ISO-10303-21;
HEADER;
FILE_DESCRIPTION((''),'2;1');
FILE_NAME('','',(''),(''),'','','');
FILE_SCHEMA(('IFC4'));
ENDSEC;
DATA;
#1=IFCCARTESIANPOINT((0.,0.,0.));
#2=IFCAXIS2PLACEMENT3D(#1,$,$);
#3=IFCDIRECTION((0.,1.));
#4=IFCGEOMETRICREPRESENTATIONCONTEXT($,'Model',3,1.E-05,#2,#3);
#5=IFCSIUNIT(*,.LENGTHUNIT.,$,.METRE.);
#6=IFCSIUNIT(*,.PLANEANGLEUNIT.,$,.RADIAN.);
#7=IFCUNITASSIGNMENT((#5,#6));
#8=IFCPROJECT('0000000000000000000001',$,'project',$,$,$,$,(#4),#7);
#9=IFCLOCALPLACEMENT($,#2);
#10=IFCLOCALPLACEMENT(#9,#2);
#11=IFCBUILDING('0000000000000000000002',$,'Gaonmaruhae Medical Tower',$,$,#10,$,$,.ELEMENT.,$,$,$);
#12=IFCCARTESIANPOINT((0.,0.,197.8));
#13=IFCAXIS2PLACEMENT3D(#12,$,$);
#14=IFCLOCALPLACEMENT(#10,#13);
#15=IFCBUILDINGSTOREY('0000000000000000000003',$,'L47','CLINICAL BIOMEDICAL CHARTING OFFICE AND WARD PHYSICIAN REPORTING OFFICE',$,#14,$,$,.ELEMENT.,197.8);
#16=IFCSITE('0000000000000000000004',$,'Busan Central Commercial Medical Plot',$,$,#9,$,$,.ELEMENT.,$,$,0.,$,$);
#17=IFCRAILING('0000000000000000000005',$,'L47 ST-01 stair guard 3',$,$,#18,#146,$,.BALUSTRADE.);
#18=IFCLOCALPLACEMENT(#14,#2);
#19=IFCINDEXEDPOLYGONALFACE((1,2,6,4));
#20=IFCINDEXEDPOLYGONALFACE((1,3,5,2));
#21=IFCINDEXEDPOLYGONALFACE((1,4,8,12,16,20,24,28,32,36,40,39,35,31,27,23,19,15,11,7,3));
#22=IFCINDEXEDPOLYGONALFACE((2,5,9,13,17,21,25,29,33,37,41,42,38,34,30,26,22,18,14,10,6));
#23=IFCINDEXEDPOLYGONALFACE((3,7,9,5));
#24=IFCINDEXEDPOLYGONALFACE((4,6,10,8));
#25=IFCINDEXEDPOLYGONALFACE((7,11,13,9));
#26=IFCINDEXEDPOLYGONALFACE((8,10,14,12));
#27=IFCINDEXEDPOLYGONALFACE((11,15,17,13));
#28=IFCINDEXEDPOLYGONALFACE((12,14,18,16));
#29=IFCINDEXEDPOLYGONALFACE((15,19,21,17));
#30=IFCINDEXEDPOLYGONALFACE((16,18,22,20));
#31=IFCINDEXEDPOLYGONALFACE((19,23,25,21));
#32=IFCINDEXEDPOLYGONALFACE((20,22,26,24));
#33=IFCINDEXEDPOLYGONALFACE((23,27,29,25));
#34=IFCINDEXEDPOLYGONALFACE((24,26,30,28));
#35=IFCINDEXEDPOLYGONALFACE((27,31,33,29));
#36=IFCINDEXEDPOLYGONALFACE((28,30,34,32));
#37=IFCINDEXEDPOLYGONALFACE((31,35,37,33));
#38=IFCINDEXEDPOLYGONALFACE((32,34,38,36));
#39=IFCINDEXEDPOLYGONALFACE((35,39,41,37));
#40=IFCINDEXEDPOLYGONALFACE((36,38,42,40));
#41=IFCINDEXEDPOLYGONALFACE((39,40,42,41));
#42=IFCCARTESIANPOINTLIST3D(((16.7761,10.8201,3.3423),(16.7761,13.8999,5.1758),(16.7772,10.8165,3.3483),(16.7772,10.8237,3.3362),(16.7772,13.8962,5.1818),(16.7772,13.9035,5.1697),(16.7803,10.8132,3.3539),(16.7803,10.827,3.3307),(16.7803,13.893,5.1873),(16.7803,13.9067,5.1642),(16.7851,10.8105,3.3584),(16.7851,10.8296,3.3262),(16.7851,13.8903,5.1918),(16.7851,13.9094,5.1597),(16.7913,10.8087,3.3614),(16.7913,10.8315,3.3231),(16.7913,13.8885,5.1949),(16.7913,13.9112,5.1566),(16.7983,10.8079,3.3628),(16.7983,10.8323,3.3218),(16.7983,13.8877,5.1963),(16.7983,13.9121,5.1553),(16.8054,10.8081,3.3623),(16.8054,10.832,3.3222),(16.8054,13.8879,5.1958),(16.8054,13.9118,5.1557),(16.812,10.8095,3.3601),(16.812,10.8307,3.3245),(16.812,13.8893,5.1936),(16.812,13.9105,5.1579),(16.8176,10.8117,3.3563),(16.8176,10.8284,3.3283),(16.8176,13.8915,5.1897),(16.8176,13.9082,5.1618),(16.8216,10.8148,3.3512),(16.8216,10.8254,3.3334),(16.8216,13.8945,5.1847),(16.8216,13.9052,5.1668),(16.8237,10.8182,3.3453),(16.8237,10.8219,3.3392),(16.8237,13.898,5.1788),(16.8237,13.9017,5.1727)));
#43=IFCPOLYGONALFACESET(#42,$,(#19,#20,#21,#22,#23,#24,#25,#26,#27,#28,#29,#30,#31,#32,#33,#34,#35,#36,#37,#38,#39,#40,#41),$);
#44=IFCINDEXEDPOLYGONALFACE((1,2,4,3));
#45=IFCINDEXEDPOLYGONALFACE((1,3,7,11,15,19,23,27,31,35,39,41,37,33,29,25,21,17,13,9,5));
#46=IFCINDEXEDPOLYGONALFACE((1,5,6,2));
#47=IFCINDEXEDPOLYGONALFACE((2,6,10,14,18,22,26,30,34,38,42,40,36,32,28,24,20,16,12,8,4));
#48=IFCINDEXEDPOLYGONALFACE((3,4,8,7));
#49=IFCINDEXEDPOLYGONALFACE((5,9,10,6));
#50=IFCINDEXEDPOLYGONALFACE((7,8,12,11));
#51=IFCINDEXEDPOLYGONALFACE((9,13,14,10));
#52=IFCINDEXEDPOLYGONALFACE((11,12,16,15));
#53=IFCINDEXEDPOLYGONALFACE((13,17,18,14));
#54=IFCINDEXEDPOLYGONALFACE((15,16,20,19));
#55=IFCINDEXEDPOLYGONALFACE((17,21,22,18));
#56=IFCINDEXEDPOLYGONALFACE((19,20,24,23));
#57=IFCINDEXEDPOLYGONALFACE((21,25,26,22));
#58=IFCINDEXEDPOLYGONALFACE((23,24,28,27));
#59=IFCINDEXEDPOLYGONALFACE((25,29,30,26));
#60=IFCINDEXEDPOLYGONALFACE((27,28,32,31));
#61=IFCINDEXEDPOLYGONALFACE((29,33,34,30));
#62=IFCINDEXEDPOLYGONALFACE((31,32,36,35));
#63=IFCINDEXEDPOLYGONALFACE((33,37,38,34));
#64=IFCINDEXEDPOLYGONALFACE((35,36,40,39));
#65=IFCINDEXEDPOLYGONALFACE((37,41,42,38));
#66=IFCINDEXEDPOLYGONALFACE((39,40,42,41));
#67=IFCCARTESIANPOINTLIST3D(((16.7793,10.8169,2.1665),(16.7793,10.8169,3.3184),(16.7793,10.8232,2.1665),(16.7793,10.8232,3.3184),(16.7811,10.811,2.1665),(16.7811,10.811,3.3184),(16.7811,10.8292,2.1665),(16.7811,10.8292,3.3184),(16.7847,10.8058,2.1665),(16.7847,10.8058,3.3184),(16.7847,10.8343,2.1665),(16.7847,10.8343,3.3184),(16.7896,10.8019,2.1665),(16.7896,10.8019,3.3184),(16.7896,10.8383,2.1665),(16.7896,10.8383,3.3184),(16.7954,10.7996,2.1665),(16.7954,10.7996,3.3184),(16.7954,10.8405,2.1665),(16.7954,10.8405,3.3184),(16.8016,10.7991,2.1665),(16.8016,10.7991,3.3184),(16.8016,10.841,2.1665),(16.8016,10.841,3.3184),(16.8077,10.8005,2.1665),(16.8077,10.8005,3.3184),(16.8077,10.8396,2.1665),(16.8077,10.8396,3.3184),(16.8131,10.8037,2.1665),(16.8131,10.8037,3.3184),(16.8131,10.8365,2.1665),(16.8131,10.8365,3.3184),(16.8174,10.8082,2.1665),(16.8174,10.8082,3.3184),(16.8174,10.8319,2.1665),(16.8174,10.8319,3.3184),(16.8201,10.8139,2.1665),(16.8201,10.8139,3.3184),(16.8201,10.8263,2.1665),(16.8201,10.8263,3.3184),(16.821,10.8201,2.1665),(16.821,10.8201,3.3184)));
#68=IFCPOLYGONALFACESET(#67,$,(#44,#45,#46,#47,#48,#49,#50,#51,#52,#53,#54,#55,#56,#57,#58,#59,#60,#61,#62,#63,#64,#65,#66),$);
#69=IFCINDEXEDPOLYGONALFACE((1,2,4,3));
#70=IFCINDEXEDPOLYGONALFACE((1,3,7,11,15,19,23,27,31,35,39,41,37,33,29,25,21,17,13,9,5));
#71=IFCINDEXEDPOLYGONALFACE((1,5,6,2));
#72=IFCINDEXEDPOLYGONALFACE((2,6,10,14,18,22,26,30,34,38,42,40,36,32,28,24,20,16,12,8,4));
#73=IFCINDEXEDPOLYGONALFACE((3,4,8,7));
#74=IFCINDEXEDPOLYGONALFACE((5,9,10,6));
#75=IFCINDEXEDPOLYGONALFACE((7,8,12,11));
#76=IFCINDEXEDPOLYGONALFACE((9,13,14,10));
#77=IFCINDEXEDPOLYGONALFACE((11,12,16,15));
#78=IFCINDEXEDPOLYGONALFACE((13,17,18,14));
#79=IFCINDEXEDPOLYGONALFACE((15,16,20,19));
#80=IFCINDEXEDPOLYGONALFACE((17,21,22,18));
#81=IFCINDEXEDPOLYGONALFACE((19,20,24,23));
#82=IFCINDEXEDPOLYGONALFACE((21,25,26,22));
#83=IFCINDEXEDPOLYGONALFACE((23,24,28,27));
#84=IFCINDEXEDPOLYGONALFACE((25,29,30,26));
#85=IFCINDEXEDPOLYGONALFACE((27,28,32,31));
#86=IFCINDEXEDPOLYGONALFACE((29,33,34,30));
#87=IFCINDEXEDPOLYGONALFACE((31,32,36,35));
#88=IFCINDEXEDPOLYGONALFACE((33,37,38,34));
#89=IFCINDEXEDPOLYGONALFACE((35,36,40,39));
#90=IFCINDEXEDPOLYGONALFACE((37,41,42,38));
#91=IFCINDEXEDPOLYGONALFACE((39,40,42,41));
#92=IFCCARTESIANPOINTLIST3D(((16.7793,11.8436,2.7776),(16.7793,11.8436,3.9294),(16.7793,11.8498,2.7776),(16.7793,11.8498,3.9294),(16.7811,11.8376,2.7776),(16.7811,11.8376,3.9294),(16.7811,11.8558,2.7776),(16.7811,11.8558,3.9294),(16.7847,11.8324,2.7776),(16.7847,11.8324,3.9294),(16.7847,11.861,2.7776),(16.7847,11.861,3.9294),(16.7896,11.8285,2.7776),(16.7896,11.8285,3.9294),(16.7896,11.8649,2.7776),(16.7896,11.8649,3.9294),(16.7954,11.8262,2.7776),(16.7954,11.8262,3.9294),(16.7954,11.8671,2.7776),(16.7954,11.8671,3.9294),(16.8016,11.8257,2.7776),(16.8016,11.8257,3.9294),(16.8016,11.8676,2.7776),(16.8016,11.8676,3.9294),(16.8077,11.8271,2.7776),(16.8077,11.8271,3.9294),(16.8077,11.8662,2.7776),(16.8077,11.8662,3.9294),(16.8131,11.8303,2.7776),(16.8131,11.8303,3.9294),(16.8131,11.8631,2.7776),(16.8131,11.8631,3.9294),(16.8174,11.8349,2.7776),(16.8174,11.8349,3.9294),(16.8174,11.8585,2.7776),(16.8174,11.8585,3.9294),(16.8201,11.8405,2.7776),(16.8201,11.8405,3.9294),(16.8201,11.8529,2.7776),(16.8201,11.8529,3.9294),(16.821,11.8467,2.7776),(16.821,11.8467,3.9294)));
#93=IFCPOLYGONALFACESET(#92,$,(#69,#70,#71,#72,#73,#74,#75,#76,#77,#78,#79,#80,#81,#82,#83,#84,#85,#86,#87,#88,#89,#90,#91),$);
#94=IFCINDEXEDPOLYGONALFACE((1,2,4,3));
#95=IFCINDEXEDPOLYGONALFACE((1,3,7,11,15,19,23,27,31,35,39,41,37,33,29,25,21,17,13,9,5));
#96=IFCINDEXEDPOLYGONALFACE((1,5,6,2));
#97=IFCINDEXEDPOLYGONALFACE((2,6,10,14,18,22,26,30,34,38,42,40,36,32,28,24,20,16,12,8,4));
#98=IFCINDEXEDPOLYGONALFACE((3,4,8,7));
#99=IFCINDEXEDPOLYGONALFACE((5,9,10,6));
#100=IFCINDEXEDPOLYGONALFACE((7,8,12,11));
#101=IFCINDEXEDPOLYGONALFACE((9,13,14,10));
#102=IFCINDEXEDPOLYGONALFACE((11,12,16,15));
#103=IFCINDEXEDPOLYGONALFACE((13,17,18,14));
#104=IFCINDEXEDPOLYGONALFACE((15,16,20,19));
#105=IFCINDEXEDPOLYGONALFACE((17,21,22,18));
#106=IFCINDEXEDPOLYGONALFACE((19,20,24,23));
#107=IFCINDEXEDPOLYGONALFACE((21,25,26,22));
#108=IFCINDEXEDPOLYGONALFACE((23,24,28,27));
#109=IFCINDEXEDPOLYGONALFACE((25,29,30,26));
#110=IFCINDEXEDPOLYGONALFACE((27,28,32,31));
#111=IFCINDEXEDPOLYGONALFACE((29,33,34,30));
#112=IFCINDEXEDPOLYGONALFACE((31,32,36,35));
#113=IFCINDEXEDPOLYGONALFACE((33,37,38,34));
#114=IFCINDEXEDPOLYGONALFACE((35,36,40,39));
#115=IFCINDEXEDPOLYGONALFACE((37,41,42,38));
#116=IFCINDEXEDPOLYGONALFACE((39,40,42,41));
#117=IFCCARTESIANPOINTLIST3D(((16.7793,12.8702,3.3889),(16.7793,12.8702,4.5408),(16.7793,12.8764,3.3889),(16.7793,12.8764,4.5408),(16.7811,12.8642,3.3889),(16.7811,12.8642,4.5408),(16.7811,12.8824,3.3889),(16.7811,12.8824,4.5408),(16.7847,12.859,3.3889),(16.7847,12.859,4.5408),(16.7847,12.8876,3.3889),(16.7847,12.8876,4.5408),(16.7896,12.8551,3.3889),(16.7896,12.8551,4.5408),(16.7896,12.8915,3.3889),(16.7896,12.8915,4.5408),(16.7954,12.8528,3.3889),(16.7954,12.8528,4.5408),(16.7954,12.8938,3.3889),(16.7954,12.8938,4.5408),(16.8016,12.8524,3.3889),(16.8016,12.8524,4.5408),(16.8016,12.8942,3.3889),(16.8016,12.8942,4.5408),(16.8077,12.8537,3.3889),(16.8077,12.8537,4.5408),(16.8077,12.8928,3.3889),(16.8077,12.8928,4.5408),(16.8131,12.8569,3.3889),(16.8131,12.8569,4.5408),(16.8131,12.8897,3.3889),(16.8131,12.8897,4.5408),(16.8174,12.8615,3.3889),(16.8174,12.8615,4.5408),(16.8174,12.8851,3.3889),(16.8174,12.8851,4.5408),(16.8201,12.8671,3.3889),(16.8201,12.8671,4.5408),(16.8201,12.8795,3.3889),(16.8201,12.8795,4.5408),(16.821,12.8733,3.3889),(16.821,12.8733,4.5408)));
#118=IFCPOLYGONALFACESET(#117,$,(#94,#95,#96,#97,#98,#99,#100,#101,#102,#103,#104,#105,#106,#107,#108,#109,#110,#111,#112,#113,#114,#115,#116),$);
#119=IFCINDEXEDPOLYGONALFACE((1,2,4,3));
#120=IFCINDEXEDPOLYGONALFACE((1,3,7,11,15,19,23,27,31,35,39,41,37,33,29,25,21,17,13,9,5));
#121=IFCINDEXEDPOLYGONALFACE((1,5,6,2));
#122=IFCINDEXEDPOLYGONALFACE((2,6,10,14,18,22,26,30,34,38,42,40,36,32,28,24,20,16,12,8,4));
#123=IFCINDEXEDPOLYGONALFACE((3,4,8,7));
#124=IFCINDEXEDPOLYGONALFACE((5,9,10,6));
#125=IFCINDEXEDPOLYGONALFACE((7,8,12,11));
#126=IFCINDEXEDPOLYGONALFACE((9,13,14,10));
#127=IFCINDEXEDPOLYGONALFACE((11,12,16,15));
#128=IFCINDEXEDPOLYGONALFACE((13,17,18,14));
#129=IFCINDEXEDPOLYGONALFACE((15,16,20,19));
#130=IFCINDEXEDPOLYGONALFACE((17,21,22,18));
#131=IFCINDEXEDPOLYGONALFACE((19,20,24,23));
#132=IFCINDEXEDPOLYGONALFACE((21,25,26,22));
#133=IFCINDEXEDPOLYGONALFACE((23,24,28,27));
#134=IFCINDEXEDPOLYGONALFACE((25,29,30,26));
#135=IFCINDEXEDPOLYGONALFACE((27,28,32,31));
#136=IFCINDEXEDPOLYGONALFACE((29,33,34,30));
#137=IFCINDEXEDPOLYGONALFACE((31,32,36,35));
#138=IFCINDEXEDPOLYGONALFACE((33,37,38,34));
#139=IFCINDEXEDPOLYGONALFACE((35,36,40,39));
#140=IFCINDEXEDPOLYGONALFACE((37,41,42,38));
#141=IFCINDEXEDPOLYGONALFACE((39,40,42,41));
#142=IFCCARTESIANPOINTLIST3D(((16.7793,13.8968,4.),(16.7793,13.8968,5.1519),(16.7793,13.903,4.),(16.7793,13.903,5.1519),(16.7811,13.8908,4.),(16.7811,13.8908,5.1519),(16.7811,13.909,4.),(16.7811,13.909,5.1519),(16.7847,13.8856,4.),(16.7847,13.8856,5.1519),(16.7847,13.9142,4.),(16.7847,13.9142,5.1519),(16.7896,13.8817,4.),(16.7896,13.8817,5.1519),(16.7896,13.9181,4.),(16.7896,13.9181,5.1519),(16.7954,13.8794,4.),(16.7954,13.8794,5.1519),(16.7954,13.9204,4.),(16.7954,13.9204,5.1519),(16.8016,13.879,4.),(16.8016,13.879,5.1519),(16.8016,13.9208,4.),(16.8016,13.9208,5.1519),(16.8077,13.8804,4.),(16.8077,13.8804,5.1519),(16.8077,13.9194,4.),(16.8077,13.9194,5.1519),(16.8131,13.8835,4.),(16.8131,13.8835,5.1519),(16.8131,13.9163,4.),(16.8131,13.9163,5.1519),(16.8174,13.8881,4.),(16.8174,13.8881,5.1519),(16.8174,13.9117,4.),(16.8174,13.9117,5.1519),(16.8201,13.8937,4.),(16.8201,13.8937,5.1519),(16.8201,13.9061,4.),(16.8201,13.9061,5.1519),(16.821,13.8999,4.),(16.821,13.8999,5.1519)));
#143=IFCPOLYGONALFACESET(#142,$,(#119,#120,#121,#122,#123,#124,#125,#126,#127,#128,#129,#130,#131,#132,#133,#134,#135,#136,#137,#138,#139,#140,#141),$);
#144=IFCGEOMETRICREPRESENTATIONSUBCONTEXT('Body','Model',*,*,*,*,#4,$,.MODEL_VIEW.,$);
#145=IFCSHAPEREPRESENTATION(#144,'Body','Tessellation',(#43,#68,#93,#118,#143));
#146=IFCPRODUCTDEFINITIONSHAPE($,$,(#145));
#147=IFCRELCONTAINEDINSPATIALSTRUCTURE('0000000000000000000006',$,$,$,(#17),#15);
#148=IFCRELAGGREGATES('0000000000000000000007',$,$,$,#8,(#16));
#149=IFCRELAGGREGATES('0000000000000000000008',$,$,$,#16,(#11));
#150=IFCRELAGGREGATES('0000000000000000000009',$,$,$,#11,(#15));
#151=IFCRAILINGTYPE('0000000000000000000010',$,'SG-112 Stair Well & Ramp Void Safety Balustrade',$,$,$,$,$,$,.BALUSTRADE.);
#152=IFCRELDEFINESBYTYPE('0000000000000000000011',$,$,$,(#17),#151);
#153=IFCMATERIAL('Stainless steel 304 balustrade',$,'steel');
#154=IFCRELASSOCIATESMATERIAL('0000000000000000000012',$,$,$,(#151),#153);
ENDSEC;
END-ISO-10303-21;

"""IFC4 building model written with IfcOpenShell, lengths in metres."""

from ifc_helpers import new_model, si_unit, direction, frame, origin, origin_2d, place, context, subcontext, project, spatial, circle, extrude, material, type_object, element, save


model = new_model("IFC4")

# Units and contexts
model_context = context("Model", 3, precision=1e-05, world=origin(), true_north=direction((0.0, 1.0)))
body_context = subcontext(model_context, "Body", "Model", "MODEL_VIEW")
ifc_project = project(units=[si_unit("LENGTHUNIT", "METRE"), si_unit("PLANEANGLEUNIT", "RADIAN")], contexts=[model_context])

# Site, building, storey
site_placement = place(None, origin())
site = spatial("IfcSite", under=ifc_project, at=site_placement, Name="Busan Central Commercial Medical Plot", CompositionType="ELEMENT", RefElevation=0.0)
building_placement = place(site_placement, origin())
building = spatial("IfcBuilding", under=site, at=building_placement, Name="Gaonmaruhae Medical Tower", CompositionType="ELEMENT")
storey_placement = place(building_placement, frame((0.0, 0.0, 197.8)))
storey = spatial("IfcBuildingStorey", under=building, at=storey_placement, Name="L47", Description="CLINICAL BIOMEDICAL CHARTING OFFICE AND WARD PHYSICIAN REPORTING OFFICE", CompositionType="ELEMENT", Elevation=197.8)

# Railing
ifc_material_1 = material(Name="Stainless steel 304 balustrade", Category="steel")
railing_type_1 = type_object("IfcRailingType", Name="SG-112 Stair Well & Ramp Void Safety Balustrade", PredefinedType="BALUSTRADE", material=ifc_material_1)
railing_1_placement = place(storey_placement, frame((16.8, 10.8201, 2.1665)))
element("IfcRailing", 1, at=railing_1_placement, inside=storey, type_object=railing_type_1, Name="L47 ST-01 stair guard 3", PredefinedType="BALUSTRADE", context=body_context, shape_type="SweptSolid", body=[
    extrude(circle(Radius=0.0239, at=origin_2d()), frame((0.0, 0.0, 1.1758), z_axis=(0.0, 0.859261, 0.511538), x_axis=(-1.0, 0.0, 0.0)), (0.0, 0.0, 1.0), 3.5842),
    extrude(circle(Radius=0.021, at=origin_2d()), origin(), (0.0, 0.0, 1.0), 1.1519),
    extrude(circle(Radius=0.021, at=origin_2d()), frame((0.0, 1.0266, 0.6111)), (0.0, 0.0, 1.0), 1.1519),
    extrude(circle(Radius=0.021, at=origin_2d()), frame((0.0, 2.0532, 1.2224)), (0.0, 0.0, 1.0), 1.1519),
    extrude(circle(Radius=0.021, at=origin_2d()), frame((0.0, 3.0798, 1.8335)), (0.0, 0.0, 1.0), 1.1519),
])

save(model, "model.ifc")
